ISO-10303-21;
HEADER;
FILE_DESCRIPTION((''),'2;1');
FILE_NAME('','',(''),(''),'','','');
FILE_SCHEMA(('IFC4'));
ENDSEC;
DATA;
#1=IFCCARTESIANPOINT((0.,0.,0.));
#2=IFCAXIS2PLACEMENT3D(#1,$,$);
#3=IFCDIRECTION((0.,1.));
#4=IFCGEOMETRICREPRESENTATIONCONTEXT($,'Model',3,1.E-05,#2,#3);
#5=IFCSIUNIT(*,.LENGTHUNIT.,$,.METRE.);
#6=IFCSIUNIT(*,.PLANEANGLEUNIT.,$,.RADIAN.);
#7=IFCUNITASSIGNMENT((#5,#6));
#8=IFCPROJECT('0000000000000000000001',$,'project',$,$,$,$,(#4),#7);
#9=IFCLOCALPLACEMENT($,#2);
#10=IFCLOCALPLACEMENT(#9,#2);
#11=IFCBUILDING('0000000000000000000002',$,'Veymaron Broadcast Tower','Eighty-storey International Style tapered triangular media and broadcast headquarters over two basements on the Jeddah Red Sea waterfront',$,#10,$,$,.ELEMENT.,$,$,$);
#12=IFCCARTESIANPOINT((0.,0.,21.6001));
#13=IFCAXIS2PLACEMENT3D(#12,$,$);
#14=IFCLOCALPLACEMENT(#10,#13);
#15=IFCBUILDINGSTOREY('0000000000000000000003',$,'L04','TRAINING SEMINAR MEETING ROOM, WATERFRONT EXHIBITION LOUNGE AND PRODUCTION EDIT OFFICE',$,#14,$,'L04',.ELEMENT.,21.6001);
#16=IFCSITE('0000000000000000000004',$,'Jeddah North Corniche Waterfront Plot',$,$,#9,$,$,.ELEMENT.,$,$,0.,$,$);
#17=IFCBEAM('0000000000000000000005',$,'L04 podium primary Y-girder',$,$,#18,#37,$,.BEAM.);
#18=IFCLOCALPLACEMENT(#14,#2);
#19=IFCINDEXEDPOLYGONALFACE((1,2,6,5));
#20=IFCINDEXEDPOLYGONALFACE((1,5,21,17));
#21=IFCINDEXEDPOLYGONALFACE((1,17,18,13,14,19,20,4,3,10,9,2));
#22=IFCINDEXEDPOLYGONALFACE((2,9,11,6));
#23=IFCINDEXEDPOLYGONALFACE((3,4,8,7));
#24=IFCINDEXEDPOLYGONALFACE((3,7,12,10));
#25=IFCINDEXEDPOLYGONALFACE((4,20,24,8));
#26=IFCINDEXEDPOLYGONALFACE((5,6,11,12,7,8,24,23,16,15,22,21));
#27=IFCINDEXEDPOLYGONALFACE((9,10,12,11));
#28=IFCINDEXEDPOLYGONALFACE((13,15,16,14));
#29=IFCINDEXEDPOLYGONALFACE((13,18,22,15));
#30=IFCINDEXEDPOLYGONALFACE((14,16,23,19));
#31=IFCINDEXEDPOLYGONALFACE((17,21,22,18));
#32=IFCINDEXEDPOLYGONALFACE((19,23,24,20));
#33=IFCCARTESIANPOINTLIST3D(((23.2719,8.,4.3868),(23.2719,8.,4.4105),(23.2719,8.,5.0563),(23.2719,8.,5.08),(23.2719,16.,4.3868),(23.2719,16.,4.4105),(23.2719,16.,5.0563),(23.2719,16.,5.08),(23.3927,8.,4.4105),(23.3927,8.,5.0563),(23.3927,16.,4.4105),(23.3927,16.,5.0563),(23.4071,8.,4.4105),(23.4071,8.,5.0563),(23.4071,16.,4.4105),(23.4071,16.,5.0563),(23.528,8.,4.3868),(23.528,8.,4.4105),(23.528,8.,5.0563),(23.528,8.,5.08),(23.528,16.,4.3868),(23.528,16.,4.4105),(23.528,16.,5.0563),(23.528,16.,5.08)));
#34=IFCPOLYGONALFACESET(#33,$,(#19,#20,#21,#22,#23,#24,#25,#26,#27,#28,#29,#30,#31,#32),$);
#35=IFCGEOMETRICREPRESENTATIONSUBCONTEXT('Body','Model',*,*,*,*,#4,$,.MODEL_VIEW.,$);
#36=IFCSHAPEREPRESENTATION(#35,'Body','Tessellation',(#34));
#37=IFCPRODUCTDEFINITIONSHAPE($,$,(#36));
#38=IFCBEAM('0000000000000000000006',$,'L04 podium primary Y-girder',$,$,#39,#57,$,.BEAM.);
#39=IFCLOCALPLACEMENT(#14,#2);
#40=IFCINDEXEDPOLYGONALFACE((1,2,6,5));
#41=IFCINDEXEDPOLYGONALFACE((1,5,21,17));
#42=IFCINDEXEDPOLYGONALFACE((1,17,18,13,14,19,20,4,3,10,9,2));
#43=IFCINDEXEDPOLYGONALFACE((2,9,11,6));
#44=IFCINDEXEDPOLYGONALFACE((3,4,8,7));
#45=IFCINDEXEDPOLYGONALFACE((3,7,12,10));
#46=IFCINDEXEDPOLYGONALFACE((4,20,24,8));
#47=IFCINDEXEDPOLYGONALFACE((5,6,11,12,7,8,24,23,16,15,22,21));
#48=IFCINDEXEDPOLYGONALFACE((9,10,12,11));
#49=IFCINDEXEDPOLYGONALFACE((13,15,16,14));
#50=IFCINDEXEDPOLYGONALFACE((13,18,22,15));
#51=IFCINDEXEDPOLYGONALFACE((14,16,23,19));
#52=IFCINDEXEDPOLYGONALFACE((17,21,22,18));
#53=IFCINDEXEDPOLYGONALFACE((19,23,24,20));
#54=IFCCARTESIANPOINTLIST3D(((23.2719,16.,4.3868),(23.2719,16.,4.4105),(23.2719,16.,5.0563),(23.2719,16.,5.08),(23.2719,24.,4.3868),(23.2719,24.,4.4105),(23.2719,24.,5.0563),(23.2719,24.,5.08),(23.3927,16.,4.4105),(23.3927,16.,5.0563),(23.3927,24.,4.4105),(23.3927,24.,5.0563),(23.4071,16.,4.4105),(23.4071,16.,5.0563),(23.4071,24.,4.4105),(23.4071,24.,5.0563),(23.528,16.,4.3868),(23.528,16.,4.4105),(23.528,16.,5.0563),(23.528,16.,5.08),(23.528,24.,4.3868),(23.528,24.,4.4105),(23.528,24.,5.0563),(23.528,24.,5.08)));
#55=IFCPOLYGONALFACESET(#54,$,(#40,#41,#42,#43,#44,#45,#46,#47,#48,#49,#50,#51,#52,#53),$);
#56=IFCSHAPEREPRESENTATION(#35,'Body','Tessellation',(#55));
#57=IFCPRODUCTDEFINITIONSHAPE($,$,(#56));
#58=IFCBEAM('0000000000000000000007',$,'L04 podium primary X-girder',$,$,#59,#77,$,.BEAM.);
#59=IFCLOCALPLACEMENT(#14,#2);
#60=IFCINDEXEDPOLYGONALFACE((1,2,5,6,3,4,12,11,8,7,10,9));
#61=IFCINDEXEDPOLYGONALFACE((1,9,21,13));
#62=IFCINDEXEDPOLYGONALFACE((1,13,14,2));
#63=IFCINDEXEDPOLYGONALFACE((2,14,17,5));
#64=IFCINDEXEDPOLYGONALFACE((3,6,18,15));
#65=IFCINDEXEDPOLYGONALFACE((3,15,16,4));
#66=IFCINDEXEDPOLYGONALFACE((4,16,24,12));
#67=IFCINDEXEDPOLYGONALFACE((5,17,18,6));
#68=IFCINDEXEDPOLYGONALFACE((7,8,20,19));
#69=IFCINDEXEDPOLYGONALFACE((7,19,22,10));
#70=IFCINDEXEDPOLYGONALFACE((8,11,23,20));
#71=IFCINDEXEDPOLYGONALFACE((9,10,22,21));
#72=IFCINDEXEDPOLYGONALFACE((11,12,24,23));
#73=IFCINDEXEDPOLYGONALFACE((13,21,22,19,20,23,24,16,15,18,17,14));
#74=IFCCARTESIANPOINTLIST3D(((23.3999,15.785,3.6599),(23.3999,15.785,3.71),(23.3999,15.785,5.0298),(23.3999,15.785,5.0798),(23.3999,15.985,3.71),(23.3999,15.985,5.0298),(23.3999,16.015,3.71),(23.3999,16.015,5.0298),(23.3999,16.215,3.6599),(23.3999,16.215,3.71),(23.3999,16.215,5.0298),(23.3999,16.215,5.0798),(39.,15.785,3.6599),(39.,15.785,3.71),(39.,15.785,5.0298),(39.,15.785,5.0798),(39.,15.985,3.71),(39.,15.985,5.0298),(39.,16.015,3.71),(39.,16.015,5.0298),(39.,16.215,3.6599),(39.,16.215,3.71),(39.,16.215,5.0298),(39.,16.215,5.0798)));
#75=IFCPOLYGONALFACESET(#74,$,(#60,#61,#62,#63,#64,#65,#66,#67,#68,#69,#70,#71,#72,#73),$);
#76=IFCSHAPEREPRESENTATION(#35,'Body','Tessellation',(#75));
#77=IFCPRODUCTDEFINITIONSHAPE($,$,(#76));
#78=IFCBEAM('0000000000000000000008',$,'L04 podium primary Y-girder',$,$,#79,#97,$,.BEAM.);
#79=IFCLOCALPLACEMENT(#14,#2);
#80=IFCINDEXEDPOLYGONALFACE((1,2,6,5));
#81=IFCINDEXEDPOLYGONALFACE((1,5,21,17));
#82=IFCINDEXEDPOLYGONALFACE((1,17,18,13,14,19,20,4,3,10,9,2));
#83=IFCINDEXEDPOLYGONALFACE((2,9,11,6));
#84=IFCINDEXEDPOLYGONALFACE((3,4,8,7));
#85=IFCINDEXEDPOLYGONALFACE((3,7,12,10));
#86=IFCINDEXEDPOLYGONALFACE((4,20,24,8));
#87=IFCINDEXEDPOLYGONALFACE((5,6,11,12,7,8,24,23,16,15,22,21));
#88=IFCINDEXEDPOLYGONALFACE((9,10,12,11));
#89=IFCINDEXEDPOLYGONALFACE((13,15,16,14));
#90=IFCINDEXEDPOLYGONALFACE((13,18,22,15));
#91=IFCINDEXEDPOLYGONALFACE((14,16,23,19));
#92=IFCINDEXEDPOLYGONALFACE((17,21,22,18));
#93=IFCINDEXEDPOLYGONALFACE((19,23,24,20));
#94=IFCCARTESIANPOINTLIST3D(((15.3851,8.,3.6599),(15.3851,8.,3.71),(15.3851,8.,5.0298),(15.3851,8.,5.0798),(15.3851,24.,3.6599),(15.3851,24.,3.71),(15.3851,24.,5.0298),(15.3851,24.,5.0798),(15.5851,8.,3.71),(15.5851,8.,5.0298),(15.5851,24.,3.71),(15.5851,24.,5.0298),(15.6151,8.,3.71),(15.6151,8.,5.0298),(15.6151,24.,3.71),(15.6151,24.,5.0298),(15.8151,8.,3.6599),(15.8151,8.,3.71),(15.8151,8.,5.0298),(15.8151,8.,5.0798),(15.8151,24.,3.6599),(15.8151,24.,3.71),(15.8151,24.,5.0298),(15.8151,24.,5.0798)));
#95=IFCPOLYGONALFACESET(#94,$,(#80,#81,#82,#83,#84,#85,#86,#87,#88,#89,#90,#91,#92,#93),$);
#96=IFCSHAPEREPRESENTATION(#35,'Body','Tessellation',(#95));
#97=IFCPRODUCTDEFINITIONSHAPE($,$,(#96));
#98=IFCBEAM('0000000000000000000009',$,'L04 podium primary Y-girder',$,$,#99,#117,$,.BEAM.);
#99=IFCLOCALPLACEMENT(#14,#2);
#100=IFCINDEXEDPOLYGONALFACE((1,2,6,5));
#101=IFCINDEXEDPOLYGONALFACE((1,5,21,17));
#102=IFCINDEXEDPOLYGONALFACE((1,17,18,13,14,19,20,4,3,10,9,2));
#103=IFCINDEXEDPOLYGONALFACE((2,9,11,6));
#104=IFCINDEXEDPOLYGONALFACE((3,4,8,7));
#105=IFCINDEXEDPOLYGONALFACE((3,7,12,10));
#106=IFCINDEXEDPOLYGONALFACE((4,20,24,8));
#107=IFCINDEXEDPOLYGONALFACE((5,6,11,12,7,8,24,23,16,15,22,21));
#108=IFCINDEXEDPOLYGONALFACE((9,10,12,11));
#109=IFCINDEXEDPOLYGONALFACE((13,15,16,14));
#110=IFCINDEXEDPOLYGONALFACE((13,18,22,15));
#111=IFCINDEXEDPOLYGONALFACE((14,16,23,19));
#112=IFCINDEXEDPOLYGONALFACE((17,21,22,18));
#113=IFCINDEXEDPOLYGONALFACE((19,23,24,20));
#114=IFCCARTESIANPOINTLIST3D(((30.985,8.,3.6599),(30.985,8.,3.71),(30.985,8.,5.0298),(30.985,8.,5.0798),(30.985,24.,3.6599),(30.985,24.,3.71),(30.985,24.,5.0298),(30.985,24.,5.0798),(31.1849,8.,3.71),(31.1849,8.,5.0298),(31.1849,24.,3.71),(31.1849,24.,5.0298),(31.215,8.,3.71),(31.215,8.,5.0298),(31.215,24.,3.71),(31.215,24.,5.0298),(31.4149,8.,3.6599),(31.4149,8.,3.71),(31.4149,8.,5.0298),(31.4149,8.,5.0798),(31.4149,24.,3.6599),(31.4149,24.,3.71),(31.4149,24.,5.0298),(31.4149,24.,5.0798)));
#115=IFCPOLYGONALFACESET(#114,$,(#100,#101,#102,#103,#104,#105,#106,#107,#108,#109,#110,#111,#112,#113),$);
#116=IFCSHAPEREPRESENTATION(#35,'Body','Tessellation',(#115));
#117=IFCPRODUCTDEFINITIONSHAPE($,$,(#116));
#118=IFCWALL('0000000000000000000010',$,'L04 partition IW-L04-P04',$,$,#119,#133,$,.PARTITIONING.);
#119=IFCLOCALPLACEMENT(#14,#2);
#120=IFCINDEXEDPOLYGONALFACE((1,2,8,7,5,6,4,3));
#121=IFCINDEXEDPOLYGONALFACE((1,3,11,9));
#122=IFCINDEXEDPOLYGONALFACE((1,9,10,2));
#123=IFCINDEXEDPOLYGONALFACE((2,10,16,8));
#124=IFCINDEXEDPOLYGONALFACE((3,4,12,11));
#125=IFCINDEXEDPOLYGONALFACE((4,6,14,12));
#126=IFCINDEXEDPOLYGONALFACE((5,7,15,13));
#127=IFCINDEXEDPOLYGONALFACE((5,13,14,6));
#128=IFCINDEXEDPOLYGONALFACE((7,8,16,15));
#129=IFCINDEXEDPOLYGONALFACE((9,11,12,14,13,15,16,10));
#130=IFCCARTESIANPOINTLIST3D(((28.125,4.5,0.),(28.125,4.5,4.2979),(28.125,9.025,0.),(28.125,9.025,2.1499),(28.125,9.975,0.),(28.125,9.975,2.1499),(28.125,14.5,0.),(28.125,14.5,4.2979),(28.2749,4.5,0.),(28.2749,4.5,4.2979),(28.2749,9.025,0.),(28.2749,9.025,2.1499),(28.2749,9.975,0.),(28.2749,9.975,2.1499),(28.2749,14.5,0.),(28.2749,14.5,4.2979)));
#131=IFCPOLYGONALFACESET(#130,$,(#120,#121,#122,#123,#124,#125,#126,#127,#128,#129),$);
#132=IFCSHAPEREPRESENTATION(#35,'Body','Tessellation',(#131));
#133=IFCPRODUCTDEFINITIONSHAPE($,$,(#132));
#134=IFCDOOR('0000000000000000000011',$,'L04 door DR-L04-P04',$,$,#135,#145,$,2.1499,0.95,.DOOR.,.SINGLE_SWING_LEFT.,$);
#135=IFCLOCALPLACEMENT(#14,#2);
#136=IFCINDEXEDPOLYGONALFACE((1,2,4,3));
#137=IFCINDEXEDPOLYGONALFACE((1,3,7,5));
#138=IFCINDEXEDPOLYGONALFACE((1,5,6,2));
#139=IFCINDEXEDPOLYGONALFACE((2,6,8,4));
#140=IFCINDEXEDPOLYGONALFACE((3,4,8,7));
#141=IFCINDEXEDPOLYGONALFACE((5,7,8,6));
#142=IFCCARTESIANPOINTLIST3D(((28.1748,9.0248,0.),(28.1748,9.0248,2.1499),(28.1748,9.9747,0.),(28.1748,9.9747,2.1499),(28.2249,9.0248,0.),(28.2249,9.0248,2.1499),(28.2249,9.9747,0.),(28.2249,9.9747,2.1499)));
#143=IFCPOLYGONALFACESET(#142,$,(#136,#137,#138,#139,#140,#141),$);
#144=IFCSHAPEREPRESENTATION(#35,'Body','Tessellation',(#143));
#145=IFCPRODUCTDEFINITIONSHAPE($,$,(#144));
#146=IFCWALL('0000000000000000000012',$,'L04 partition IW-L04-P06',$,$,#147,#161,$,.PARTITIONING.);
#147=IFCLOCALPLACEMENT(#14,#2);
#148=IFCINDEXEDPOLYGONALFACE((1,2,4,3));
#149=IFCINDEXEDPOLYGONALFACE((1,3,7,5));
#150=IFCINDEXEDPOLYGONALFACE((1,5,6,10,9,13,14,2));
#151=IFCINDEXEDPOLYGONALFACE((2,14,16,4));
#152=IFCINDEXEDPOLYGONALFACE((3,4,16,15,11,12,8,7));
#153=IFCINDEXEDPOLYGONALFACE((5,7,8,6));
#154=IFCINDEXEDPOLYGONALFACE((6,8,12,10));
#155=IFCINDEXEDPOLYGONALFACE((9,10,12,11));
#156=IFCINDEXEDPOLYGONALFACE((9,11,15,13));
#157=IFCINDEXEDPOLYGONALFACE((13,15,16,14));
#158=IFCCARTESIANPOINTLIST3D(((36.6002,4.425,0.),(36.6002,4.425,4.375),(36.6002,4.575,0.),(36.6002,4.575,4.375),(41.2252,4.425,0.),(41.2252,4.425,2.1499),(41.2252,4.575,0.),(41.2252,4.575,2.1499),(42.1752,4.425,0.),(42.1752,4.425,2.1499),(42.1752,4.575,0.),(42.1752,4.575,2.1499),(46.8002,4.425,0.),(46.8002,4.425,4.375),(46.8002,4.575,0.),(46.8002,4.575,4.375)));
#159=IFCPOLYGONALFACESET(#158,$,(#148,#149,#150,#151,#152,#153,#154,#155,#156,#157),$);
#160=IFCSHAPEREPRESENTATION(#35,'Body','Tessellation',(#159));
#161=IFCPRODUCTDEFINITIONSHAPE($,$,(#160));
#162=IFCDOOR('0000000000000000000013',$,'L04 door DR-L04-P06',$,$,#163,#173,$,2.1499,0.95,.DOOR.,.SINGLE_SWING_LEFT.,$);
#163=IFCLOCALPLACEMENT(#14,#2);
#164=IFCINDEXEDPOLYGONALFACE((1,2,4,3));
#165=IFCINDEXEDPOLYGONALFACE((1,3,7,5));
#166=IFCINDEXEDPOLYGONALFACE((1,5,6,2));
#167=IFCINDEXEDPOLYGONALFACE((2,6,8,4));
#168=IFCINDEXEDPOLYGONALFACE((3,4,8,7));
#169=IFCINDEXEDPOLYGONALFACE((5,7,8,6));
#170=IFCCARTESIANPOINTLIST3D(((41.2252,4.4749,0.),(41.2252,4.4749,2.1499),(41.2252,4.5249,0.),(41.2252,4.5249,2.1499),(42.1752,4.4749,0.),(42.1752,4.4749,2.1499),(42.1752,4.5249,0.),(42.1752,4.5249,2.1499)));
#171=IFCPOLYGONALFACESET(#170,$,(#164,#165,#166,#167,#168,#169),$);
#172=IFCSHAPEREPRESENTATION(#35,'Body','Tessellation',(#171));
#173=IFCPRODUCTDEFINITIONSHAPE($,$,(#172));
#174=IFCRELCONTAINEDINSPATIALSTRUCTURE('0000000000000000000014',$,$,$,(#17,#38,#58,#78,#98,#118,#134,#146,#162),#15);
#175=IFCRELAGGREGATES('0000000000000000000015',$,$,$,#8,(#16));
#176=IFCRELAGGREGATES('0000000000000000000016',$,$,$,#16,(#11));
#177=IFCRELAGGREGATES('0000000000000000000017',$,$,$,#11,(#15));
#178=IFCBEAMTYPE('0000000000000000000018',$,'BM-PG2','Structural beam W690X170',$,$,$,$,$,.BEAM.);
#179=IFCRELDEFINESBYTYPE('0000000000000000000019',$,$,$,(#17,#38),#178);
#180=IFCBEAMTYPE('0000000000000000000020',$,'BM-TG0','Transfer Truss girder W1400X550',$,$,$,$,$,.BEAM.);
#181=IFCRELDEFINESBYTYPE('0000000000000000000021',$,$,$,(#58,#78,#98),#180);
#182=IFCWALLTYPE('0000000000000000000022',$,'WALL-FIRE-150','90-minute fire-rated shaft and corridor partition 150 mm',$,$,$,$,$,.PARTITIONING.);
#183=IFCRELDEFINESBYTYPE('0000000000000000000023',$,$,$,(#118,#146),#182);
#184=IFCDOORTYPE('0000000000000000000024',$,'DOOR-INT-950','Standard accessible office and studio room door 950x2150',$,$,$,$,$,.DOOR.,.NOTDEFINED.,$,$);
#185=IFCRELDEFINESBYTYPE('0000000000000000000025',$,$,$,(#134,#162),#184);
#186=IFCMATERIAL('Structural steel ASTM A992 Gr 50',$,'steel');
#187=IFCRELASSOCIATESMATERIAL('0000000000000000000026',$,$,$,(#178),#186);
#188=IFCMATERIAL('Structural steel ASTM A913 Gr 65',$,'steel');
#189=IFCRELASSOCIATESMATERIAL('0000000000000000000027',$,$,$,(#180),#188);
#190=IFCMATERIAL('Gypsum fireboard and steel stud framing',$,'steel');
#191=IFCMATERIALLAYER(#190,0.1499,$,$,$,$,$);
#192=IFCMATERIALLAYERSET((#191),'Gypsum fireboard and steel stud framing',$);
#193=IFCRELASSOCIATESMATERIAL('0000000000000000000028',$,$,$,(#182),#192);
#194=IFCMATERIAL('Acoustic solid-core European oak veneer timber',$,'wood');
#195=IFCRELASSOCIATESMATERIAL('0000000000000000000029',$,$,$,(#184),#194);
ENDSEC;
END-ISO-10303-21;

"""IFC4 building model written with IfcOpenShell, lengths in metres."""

from ifc_helpers import new_model, si_unit, direction, frame, frame_2d, origin, origin_2d, place, context, subcontext, project, spatial, rectangle, i_section, extrude, material, layer, layer_set, material_profile, profile_set, type_object, element, fill, save


model = new_model("IFC4")

# Units and contexts
model_context = context("Model", 3, precision=1e-05, world=origin(), true_north=direction((0.0, 1.0)))
body_context = subcontext(model_context, "Body", "Model", "MODEL_VIEW")
ifc_project = project(units=[si_unit("LENGTHUNIT", "METRE"), si_unit("PLANEANGLEUNIT", "RADIAN")], contexts=[model_context])

# Site, building, storey
site_placement = place(None, origin())
site = spatial("IfcSite", under=ifc_project, at=site_placement, Name="Jeddah North Corniche Waterfront Plot", CompositionType="ELEMENT", RefElevation=0.0)
building_placement = place(site_placement, origin())
building = spatial("IfcBuilding", under=site, at=building_placement, Name="Veymaron Broadcast Tower", Description="Eighty-storey International Style tapered triangular media and broadcast headquarters over two basements on the Jeddah Red Sea waterfront", CompositionType="ELEMENT")
storey_placement = place(building_placement, frame((0.0, 0.0, 21.6001)))
storey = spatial("IfcBuildingStorey", under=building, at=storey_placement, Name="L04", Description="TRAINING SEMINAR MEETING ROOM, WATERFRONT EXHIBITION LOUNGE AND PRODUCTION EDIT OFFICE", LongName="L04", CompositionType="ELEMENT", Elevation=21.6001)

# Shared definitions
ifc_material_1 = material(Name="Structural steel ASTM A913 Gr 65", Category="steel")

# Beams
ifc_material_2 = material(Name="Structural steel ASTM A992 Gr 50", Category="steel")
ifc_material_profile_1 = material_profile(ifc_material_2, i_section(OverallWidth=0.2561, OverallDepth=0.6931, WebThickness=0.0144, FlangeThickness=0.0237, at=origin_2d()), Name="W690X170")
ifc_profile_set_1 = profile_set([ifc_material_profile_1], Name="Structural steel ASTM A992 Gr 50")
beam_type_1 = type_object("IfcBeamType", Name="BM-PG2", Description="Structural beam W690X170", PredefinedType="BEAM", material=ifc_profile_set_1)
for number, where, z_axis, x_axis, name in (
    (1, (23.3999, 8.0, 4.7334), (0.0, 1.0, 0.0), (-1.0, 0.0, 0.0), "L04 podium primary Y-girder"),
    (2, (23.3999, 16.0, 4.7334), (0.0, 1.0, 0.0), (-1.0, 0.0, 0.0), "L04 podium primary Y-girder"),
):
    element("IfcBeam", number, at=place(storey_placement, frame(where, z_axis=z_axis, x_axis=x_axis)), inside=storey, type_object=beam_type_1, Name=name, PredefinedType="BEAM", context=body_context, shape_type="SweptSolid", body=[
        extrude(i_section(OverallWidth=0.2561, OverallDepth=0.6931, WebThickness=0.0144, FlangeThickness=0.0237, at=origin_2d()), origin(), (0.0, 0.0, 1.0), 8.0),
    ])
ifc_material_profile_2 = material_profile(ifc_material_1, i_section(OverallWidth=0.4299, OverallDepth=1.4199, WebThickness=0.03, FlangeThickness=0.05, at=origin_2d()), Name="W1400X550")
ifc_profile_set_2 = profile_set([ifc_material_profile_2], Name="Structural steel ASTM A913 Gr 65")
beam_type_2 = type_object("IfcBeamType", Name="BM-TG0", Description="Transfer Truss girder W1400X550", PredefinedType="BEAM", material=ifc_profile_set_2)
beam_1_placement = place(storey_placement, frame((23.3999, 16.0, 4.3699), z_axis=(1.0, 0.0, 0.0), x_axis=(0.0, 1.0, 0.0)))
element("IfcBeam", 3, at=beam_1_placement, inside=storey, type_object=beam_type_2, Name="L04 podium primary X-girder", PredefinedType="BEAM", context=body_context, shape_type="SweptSolid", body=[
    extrude(i_section(OverallWidth=0.4299, OverallDepth=1.4199, WebThickness=0.03, FlangeThickness=0.05, at=origin_2d()), origin(), (0.0, 0.0, 1.0), 15.6001),
])
for number, where, z_axis, x_axis, name in (
    (4, (15.6001, 8.0, 4.3699), (0.0, 1.0, 0.0), (-1.0, 0.0, 0.0), "L04 podium primary Y-girder"),
    (5, (31.2, 8.0, 4.3699), (0.0, 1.0, 0.0), (-1.0, 0.0, 0.0), "L04 podium primary Y-girder"),
):
    element("IfcBeam", number, at=place(storey_placement, frame(where, z_axis=z_axis, x_axis=x_axis)), inside=storey, type_object=beam_type_2, Name=name, PredefinedType="BEAM", context=body_context, shape_type="SweptSolid", body=[
        extrude(i_section(OverallWidth=0.4299, OverallDepth=1.4199, WebThickness=0.03, FlangeThickness=0.05, at=origin_2d()), origin(), (0.0, 0.0, 1.0), 16.0),
    ])

# Walls, openings, doors
ifc_material_3 = material(Name="Gypsum fireboard and steel stud framing", Category="steel")
ifc_layer_1 = layer(ifc_material_3, 0.1499)
ifc_layer_set_1 = layer_set([ifc_layer_1], Name="Gypsum fireboard and steel stud framing")
wall_type_1 = type_object("IfcWallType", Name="WALL-FIRE-150", Description="90-minute fire-rated shaft and corridor partition 150 mm", PredefinedType="PARTITIONING", material=ifc_layer_set_1)
wall_1_placement = place(storey_placement, frame((28.2, 4.5, 0.0), z_axis=(0.0, 0.0, 1.0), x_axis=(0.0, 1.0, 0.0)))
wall_1 = element("IfcWall", 6, at=wall_1_placement, inside=storey, type_object=wall_type_1, Name="L04 partition IW-L04-P04", PredefinedType="PARTITIONING", context=body_context, shape_type="SweptSolid", body=[
    extrude(rectangle(XDim=10.0, YDim=0.1499, at=frame_2d((5.0, 0.0))), origin(), (0.0, 0.0, 1.0), 4.2979),
])
opening_1_placement = place(wall_1_placement, frame((4.5249, 0.0, 0.0)))
opening_1 = element("IfcOpeningElement", 7, at=opening_1_placement, cuts=wall_1, PredefinedType="OPENING", context=body_context, shape_type="SweptSolid", body=[
    extrude(rectangle(XDim=0.95, YDim=2.1499, at=frame_2d((0.4751, 1.075))), frame((0.0, 0.085, 0.0), z_axis=(0.0, -1.0, 0.0), x_axis=(1.0, 0.0, 0.0)), (0.0, 0.0, 1.0), 0.1699),
])
ifc_material_4 = material(Name="Acoustic solid-core European oak veneer timber", Category="wood")
door_type = type_object("IfcDoorType", Name="DOOR-INT-950", Description="Standard accessible office and studio room door 950x2150", OperationType="NOTDEFINED", PredefinedType="DOOR", material=ifc_material_4)
door_1_placement = place(opening_1_placement, frame((0.95, 0.0, 0.0), z_axis=(0.0, 0.0, 1.0), x_axis=(-1.0, 0.0, 0.0)))
door_1 = element("IfcDoor", 8, at=door_1_placement, inside=storey, type_object=door_type, Name="L04 door DR-L04-P04", OperationType="SINGLE_SWING_LEFT", OverallHeight=2.1499, OverallWidth=0.95, PredefinedType="DOOR", context=body_context, shape_type="SweptSolid", body=[
    extrude(rectangle(XDim=0.95, YDim=2.1499, at=frame_2d((0.4751, 1.075))), frame((0.0, 0.0249, 0.0), z_axis=(0.0, -1.0, 0.0), x_axis=(1.0, 0.0, 0.0)), (0.0, 0.0, 1.0), 0.05),
])
fill(opening_1, door_1)
wall_2_placement = place(storey_placement, frame((36.6001, 4.5, 0.0), z_axis=(0.0, 0.0, 1.0), x_axis=(1.0, 0.0, 0.0)))
wall_2 = element("IfcWall", 9, at=wall_2_placement, inside=storey, type_object=wall_type_1, Name="L04 partition IW-L04-P06", PredefinedType="PARTITIONING", context=body_context, shape_type="SweptSolid", body=[
    extrude(rectangle(XDim=10.2, YDim=0.1499, at=frame_2d((5.1001, 0.0))), origin(), (0.0, 0.0, 1.0), 4.375),
])
opening_2_placement = place(wall_2_placement, frame((4.625, 0.0, 0.0)))
opening_2 = element("IfcOpeningElement", 10, at=opening_2_placement, cuts=wall_2, PredefinedType="OPENING", context=body_context, shape_type="SweptSolid", body=[
    extrude(rectangle(XDim=0.95, YDim=2.1499, at=frame_2d((0.4751, 1.075))), frame((0.0, 0.085, 0.0), z_axis=(0.0, -1.0, 0.0), x_axis=(1.0, 0.0, 0.0)), (0.0, 0.0, 1.0), 0.1699),
])
door_2_placement = place(opening_2_placement, origin())
door_2 = element("IfcDoor", 11, at=door_2_placement, inside=storey, type_object=door_type, Name="L04 door DR-L04-P06", OperationType="SINGLE_SWING_LEFT", OverallHeight=2.1499, OverallWidth=0.95, PredefinedType="DOOR", context=body_context, shape_type="SweptSolid", body=[
    extrude(rectangle(XDim=0.95, YDim=2.1499, at=frame_2d((0.4751, 1.075))), frame((0.0, 0.0249, 0.0), z_axis=(0.0, -1.0, 0.0), x_axis=(1.0, 0.0, 0.0)), (0.0, 0.0, 1.0), 0.05),
])
fill(opening_2, door_2)

save(model, "model.ifc")
